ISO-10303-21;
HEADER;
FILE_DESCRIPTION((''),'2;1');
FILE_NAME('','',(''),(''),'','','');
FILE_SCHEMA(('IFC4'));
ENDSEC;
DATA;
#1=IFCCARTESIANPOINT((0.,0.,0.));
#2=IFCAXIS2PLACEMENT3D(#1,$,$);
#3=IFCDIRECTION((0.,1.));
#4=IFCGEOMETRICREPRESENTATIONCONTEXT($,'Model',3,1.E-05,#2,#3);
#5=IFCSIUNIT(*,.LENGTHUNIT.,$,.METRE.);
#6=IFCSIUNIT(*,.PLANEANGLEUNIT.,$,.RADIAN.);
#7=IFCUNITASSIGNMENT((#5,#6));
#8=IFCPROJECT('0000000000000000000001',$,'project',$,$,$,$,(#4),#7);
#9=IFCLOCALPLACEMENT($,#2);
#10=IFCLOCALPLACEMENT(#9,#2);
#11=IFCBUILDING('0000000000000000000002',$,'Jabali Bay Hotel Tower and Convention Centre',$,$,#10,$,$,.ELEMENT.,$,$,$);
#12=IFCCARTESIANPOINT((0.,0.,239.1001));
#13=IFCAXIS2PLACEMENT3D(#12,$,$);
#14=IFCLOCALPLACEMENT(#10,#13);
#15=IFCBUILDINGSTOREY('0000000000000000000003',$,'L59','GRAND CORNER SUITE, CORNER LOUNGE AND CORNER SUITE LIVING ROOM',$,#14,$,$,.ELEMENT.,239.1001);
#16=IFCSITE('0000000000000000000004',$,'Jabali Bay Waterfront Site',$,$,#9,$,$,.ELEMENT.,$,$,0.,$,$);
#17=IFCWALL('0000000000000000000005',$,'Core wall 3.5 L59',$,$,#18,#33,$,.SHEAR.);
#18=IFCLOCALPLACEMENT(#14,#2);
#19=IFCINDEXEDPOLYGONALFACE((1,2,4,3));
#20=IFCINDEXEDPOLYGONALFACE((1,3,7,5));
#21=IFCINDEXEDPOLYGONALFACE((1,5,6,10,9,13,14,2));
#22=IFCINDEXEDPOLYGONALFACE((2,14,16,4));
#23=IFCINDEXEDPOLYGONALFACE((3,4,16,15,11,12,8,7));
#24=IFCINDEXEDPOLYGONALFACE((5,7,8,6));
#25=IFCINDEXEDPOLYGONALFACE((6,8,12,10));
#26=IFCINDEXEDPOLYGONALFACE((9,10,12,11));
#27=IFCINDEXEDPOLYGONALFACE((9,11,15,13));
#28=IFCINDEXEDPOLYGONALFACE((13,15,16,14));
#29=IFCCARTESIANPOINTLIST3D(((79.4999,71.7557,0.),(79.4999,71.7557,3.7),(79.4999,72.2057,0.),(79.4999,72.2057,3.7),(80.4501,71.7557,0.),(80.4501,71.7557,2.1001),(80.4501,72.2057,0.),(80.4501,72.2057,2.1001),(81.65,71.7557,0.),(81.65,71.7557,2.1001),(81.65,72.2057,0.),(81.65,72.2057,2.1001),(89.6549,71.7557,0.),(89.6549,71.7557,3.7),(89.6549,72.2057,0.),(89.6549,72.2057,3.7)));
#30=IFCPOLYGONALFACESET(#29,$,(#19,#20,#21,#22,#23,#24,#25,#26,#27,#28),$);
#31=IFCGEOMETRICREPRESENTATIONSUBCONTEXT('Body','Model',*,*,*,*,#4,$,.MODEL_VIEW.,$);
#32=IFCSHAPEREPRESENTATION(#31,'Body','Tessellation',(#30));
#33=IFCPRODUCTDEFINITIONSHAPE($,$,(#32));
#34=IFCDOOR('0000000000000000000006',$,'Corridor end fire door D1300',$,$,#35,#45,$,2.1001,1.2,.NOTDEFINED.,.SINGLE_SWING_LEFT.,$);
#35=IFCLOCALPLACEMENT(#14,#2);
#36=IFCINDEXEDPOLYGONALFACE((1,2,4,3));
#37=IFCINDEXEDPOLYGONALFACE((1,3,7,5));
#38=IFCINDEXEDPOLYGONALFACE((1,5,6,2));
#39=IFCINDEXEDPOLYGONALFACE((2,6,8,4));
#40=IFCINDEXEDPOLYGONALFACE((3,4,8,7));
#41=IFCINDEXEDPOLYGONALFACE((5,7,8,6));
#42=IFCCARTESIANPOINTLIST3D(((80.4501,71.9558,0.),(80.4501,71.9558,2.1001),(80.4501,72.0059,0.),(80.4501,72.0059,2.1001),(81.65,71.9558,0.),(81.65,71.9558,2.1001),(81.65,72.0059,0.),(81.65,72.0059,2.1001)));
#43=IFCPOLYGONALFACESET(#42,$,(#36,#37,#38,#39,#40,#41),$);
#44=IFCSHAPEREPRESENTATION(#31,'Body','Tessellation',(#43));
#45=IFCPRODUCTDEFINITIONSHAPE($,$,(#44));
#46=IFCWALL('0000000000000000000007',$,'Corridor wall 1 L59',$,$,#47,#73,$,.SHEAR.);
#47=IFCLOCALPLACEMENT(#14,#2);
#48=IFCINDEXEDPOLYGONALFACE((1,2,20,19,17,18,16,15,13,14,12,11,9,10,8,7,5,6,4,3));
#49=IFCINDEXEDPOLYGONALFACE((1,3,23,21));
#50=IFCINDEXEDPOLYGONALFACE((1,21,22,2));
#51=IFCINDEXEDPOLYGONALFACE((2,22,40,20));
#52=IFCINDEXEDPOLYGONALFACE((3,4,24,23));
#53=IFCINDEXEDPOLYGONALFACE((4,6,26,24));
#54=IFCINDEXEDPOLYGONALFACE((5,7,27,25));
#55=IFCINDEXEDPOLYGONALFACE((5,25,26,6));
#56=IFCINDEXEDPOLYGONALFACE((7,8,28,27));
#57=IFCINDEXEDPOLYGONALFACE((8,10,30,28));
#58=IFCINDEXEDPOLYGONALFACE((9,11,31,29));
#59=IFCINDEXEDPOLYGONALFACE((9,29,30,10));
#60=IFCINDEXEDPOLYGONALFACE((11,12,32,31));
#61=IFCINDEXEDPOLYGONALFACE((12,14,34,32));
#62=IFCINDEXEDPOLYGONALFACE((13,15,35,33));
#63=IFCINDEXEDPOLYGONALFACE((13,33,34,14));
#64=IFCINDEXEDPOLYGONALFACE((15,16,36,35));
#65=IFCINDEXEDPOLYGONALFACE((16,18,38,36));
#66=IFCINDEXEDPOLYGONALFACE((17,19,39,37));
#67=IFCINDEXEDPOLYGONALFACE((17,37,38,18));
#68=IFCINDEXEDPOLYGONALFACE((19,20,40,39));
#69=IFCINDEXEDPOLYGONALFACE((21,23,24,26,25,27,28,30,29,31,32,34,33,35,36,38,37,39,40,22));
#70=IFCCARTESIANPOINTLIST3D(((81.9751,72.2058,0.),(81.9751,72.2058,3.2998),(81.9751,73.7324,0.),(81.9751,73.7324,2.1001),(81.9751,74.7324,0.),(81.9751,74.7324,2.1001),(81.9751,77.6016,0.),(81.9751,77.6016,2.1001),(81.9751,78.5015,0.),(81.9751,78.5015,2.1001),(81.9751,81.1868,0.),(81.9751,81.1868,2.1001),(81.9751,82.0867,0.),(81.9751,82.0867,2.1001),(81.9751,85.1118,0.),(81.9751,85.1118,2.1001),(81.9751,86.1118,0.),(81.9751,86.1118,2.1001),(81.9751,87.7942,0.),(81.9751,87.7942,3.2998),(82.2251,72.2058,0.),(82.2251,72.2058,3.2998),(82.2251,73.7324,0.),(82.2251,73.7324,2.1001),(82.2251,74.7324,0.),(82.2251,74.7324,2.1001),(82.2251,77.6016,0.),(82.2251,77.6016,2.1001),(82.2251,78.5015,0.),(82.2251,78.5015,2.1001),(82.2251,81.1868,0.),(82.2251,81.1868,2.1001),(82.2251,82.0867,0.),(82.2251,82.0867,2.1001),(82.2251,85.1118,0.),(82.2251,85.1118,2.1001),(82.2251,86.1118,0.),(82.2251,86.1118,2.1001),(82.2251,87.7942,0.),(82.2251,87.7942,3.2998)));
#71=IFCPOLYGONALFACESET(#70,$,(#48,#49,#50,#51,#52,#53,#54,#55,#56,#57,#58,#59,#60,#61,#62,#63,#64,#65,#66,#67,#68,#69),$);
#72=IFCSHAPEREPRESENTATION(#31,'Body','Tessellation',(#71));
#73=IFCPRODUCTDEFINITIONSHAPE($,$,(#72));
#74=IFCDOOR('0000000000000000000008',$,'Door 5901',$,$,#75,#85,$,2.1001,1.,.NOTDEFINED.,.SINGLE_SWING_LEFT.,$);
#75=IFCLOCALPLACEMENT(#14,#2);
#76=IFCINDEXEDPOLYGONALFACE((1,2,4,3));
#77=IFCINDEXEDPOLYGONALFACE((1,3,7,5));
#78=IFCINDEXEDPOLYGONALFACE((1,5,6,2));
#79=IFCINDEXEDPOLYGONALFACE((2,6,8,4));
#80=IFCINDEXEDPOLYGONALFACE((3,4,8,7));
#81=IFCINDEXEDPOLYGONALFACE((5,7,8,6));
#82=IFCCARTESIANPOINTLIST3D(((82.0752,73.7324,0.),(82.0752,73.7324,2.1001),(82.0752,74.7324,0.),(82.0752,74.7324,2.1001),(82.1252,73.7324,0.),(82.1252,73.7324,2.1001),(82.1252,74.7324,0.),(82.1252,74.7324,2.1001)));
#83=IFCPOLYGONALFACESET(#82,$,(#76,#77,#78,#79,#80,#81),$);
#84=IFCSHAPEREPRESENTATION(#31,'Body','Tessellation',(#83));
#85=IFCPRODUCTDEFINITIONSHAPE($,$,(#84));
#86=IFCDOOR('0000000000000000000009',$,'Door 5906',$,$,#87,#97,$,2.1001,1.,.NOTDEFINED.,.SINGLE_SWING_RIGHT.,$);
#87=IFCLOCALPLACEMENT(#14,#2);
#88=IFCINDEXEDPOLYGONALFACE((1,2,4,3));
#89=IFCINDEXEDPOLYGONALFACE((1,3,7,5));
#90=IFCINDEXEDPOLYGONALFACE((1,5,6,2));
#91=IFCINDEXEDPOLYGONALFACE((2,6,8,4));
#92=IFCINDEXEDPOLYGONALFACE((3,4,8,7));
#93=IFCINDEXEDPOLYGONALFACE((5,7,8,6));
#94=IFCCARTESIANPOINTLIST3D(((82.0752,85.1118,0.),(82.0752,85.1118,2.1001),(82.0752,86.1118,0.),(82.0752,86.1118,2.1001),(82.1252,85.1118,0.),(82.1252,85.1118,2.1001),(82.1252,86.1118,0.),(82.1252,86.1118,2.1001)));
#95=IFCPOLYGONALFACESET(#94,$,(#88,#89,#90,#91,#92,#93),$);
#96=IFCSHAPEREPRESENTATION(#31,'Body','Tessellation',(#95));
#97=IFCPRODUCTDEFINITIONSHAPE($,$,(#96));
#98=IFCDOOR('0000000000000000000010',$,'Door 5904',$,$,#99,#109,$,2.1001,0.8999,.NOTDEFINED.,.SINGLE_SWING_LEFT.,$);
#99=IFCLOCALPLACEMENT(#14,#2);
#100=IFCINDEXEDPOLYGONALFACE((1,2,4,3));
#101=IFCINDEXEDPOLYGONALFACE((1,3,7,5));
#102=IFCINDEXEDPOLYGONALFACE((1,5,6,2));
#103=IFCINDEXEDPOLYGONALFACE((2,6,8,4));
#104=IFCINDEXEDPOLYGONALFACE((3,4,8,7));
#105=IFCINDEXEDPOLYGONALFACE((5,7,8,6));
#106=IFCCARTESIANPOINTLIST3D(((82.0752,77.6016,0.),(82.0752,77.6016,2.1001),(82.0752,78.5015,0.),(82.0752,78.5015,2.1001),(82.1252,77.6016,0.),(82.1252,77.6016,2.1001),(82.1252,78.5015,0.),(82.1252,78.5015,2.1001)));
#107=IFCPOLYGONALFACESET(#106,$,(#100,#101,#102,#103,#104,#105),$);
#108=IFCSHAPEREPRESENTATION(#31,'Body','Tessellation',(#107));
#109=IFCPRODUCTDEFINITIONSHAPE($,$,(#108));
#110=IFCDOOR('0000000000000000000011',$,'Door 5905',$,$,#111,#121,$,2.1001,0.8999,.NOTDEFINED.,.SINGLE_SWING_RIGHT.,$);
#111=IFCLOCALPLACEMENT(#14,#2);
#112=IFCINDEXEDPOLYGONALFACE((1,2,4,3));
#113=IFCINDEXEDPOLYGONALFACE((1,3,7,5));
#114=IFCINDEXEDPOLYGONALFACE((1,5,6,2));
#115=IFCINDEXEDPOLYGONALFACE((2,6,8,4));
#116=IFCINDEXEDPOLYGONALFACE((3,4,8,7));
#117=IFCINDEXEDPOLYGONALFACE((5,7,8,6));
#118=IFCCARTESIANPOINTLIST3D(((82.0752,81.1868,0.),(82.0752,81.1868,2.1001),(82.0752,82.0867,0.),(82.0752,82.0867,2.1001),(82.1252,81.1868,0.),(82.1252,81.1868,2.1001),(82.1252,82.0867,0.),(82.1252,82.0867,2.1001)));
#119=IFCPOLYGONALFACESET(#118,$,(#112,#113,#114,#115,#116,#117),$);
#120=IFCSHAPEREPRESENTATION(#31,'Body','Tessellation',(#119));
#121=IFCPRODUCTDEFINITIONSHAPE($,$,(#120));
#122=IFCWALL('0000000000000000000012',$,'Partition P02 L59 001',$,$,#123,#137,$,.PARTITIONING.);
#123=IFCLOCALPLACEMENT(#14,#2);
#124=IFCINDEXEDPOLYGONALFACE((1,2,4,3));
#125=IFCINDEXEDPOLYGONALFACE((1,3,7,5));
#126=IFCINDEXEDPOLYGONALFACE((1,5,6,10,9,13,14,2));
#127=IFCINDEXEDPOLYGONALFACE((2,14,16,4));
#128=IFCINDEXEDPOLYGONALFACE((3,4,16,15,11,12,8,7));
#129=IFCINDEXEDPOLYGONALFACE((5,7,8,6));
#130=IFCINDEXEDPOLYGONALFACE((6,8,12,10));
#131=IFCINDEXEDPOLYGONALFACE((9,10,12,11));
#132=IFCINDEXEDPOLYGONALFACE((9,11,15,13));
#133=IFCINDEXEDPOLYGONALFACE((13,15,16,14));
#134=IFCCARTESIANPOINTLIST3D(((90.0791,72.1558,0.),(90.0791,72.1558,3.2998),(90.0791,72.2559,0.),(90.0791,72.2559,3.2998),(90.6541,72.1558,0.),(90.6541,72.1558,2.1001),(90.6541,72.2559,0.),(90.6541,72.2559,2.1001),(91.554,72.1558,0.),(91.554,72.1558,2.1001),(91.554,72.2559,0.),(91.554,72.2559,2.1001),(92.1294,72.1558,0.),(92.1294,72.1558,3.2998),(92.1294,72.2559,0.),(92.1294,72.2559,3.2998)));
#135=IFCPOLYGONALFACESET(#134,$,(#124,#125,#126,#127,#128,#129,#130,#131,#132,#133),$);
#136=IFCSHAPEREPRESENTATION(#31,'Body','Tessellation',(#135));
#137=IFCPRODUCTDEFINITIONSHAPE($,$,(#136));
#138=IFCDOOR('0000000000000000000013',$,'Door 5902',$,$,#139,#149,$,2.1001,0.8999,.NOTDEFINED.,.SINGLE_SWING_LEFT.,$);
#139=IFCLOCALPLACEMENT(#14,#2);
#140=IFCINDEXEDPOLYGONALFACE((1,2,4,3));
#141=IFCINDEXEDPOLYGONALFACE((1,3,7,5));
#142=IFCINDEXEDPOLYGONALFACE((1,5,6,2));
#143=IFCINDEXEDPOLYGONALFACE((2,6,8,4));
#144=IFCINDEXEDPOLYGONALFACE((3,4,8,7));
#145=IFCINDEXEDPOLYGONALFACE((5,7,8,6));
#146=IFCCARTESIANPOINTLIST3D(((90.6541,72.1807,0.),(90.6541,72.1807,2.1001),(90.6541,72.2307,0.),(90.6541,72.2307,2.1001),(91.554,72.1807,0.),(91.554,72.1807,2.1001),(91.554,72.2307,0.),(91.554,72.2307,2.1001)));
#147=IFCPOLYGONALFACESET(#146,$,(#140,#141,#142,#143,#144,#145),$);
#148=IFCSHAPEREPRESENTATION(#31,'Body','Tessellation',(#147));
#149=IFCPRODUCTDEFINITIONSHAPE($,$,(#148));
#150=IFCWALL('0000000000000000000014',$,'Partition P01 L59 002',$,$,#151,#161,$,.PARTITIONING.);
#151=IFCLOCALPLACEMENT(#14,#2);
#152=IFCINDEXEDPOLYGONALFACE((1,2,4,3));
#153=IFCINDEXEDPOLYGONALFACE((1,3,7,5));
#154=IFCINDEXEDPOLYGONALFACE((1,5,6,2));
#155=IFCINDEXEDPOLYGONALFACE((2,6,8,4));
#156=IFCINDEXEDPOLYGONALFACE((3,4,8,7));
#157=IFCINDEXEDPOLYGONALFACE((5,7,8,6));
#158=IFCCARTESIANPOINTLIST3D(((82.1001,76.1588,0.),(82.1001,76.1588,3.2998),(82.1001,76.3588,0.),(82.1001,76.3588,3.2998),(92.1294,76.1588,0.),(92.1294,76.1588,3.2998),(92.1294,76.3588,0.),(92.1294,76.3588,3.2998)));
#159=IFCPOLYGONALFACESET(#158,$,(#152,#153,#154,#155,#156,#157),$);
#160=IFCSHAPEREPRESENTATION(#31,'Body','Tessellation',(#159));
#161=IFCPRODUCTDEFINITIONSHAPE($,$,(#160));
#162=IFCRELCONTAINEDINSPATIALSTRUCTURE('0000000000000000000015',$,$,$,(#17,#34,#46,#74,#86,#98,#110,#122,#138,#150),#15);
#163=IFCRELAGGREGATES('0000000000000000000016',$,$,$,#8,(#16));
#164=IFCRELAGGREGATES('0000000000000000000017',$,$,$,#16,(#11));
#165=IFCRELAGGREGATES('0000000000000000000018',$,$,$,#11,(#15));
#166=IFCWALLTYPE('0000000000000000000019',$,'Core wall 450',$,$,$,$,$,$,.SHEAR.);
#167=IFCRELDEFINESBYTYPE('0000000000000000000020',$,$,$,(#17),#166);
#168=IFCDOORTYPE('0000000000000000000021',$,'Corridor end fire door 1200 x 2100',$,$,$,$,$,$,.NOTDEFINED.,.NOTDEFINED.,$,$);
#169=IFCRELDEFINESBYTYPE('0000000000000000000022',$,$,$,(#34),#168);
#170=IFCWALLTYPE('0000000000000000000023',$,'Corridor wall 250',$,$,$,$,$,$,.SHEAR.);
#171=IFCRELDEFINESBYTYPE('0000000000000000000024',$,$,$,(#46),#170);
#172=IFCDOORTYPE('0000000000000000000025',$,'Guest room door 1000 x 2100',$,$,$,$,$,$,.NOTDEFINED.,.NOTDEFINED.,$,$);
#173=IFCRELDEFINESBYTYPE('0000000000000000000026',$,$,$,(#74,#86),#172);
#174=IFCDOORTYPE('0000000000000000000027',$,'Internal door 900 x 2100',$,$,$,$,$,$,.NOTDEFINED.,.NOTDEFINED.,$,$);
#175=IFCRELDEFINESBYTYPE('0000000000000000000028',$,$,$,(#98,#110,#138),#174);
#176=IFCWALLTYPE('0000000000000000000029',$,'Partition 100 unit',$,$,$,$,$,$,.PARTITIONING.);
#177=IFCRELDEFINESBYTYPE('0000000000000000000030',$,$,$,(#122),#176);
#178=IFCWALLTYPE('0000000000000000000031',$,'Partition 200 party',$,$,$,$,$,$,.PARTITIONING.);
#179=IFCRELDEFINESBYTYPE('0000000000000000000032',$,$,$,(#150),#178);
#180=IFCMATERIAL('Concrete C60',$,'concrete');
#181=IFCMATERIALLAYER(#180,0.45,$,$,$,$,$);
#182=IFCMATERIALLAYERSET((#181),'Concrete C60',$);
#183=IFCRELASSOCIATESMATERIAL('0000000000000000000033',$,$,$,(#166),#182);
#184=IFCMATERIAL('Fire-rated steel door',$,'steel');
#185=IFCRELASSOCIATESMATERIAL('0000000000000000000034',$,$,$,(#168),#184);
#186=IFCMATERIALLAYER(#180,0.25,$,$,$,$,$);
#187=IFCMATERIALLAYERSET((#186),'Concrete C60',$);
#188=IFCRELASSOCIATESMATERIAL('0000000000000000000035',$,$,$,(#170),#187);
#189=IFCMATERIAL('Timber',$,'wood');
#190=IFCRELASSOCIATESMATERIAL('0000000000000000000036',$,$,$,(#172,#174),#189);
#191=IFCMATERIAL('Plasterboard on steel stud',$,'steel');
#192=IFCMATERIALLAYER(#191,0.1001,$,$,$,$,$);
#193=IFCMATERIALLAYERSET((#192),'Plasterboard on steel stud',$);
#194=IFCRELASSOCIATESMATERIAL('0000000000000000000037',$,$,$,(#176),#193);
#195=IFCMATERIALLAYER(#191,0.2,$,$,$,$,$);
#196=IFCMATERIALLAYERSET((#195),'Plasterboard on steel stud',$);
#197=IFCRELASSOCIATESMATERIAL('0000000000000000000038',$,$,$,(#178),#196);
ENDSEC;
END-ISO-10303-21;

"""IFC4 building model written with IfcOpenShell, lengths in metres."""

from ifc_helpers import new_model, si_unit, direction, frame, frame_2d, origin, place, context, subcontext, project, spatial, rectangle, extrude, material, layer, layer_set, type_object, element, fill, save


model = new_model("IFC4")

# Units and contexts
model_context = context("Model", 3, precision=1e-05, world=origin(), true_north=direction((0.0, 1.0)))
body_context = subcontext(model_context, "Body", "Model", "MODEL_VIEW")
ifc_project = project(units=[si_unit("LENGTHUNIT", "METRE"), si_unit("PLANEANGLEUNIT", "RADIAN")], contexts=[model_context])

# Site, building, storey
site_placement = place(None, origin())
site = spatial("IfcSite", under=ifc_project, at=site_placement, Name="Jabali Bay Waterfront Site", CompositionType="ELEMENT", RefElevation=0.0)
building_placement = place(site_placement, origin())
building = spatial("IfcBuilding", under=site, at=building_placement, Name="Jabali Bay Hotel Tower and Convention Centre", CompositionType="ELEMENT")
storey_placement = place(building_placement, frame((0.0, 0.0, 239.1001)))
storey = spatial("IfcBuildingStorey", under=building, at=storey_placement, Name="L59", Description="GRAND CORNER SUITE, CORNER LOUNGE AND CORNER SUITE LIVING ROOM", CompositionType="ELEMENT", Elevation=239.1001)

# Shared definitions
ifc_material_1 = material(Name="Concrete C60", Category="concrete")

# Shared definitions
ifc_material_2 = material(Name="Fire-rated steel door", Category="steel")

# Wall, opening, door
ifc_layer_1 = layer(ifc_material_1, 0.45)
ifc_layer_set_1 = layer_set([ifc_layer_1], Name="Concrete C60")
wall_type_1 = type_object("IfcWallType", Name="Core wall 450", PredefinedType="SHEAR", material=ifc_layer_set_1)
door_type_1 = type_object("IfcDoorType", Name="Corridor end fire door 1200 x 2100", OperationType="NOTDEFINED", PredefinedType="NOTDEFINED", material=ifc_material_2)
wall_1_placement = place(storey_placement, frame((89.655, 71.9807, 0.0), z_axis=(0.0, 0.0, 1.0), x_axis=(-1.0, 0.0, 0.0)))
wall_1 = element("IfcWall", 1, at=wall_1_placement, inside=storey, type_object=wall_type_1, Name="Core wall 3.5 L59", PredefinedType="SHEAR", context=body_context, shape_type="SweptSolid", body=[
    extrude(rectangle(XDim=10.155, YDim=0.45, at=frame_2d((5.0776, 0.0))), origin(), (0.0, 0.0, 1.0), 3.7),
])
opening_1_placement = place(wall_1_placement, frame((8.0049, 0.0, 0.0)))
opening_1 = element("IfcOpeningElement", 2, at=opening_1_placement, cuts=wall_1, PredefinedType="OPENING", context=body_context, shape_type="SweptSolid", body=[
    extrude(rectangle(XDim=1.2, YDim=2.1001, at=frame_2d((0.6001, 1.05))), frame((0.0, 0.2354, 0.0), z_axis=(0.0, -1.0, 0.0), x_axis=(1.0, 0.0, 0.0)), (0.0, 0.0, 1.0), 0.4709),
])
door_1_placement = place(opening_1_placement, origin())
door_1 = element("IfcDoor", 3, at=door_1_placement, inside=storey, type_object=door_type_1, Name="Corridor end fire door D1300", OperationType="SINGLE_SWING_LEFT", OverallHeight=2.1001, OverallWidth=1.2, PredefinedType="NOTDEFINED", context=body_context, shape_type="SweptSolid", body=[
    extrude(rectangle(XDim=1.2, YDim=2.1001, at=frame_2d((0.6001, 1.05))), frame((0.0, 0.0249, 0.0), z_axis=(0.0, -1.0, 0.0), x_axis=(1.0, 0.0, 0.0)), (0.0, 0.0, 1.0), 0.05),
])
fill(opening_1, door_1)

# Wall, openings, doors
ifc_layer_2 = layer(ifc_material_1, 0.25)
ifc_layer_set_2 = layer_set([ifc_layer_2], Name="Concrete C60")
wall_type_2 = type_object("IfcWallType", Name="Corridor wall 250", PredefinedType="SHEAR", material=ifc_layer_set_2)
wall_2_placement = place(storey_placement, frame((82.1001, 72.2058, 0.0), z_axis=(0.0, 0.0, 1.0), x_axis=(0.0, 1.0, 0.0)))
wall_2 = element("IfcWall", 4, at=wall_2_placement, inside=storey, type_object=wall_type_2, Name="Corridor wall 1 L59", PredefinedType="SHEAR", context=body_context, shape_type="SweptSolid", body=[
    extrude(rectangle(XDim=15.5884, YDim=0.25, at=frame_2d((7.7942, 0.0))), origin(), (0.0, 0.0, 1.0), 3.2998),
])
opening_2_placement = place(wall_2_placement, frame((1.5266, 0.0, 0.0)))
opening_2 = element("IfcOpeningElement", 5, at=opening_2_placement, cuts=wall_2, PredefinedType="OPENING", context=body_context, shape_type="SweptSolid", body=[
    extrude(rectangle(XDim=1.0, YDim=2.1001, at=frame_2d((0.5, 1.05))), frame((0.0, 0.1355, 0.0), z_axis=(0.0, -1.0, 0.0), x_axis=(1.0, 0.0, 0.0)), (0.0, 0.0, 1.0), 0.271),
])
opening_3_placement = place(wall_2_placement, frame((5.3958, 0.0, 0.0)))
opening_3 = element("IfcOpeningElement", 6, at=opening_3_placement, cuts=wall_2, PredefinedType="OPENING", context=body_context, shape_type="SweptSolid", body=[
    extrude(rectangle(XDim=0.8999, YDim=2.1001, at=frame_2d((0.45, 1.05))), frame((0.0, 0.1355, 0.0), z_axis=(0.0, -1.0, 0.0), x_axis=(1.0, 0.0, 0.0)), (0.0, 0.0, 1.0), 0.271),
])
opening_4_placement = place(wall_2_placement, frame((8.981, 0.0, 0.0)))
opening_4 = element("IfcOpeningElement", 7, at=opening_4_placement, cuts=wall_2, PredefinedType="OPENING", context=body_context, shape_type="SweptSolid", body=[
    extrude(rectangle(XDim=0.8999, YDim=2.1001, at=frame_2d((0.45, 1.05))), frame((0.0, 0.1355, 0.0), z_axis=(0.0, -1.0, 0.0), x_axis=(1.0, 0.0, 0.0)), (0.0, 0.0, 1.0), 0.271),
])
opening_5_placement = place(wall_2_placement, frame((12.906, 0.0, 0.0)))
opening_5 = element("IfcOpeningElement", 8, at=opening_5_placement, cuts=wall_2, PredefinedType="OPENING", context=body_context, shape_type="SweptSolid", body=[
    extrude(rectangle(XDim=1.0, YDim=2.1001, at=frame_2d((0.5, 1.05))), frame((0.0, 0.1355, 0.0), z_axis=(0.0, -1.0, 0.0), x_axis=(1.0, 0.0, 0.0)), (0.0, 0.0, 1.0), 0.271),
])
ifc_material_3 = material(Name="Timber", Category="wood")
door_type_2 = type_object("IfcDoorType", Name="Guest room door 1000 x 2100", OperationType="NOTDEFINED", PredefinedType="NOTDEFINED", material=ifc_material_3)
door_2_placement = place(opening_2_placement, origin())
door_2 = element("IfcDoor", 9, at=door_2_placement, inside=storey, type_object=door_type_2, Name="Door 5901", OperationType="SINGLE_SWING_LEFT", OverallHeight=2.1001, OverallWidth=1.0, PredefinedType="NOTDEFINED", context=body_context, shape_type="SweptSolid", body=[
    extrude(rectangle(XDim=1.0, YDim=2.1001, at=frame_2d((0.5, 1.05))), frame((0.0, 0.0249, 0.0), z_axis=(0.0, -1.0, 0.0), x_axis=(1.0, 0.0, 0.0)), (0.0, 0.0, 1.0), 0.05),
])
fill(opening_2, door_2)
door_3_placement = place(opening_5_placement, origin())
door_3 = element("IfcDoor", 10, at=door_3_placement, inside=storey, type_object=door_type_2, Name="Door 5906", OperationType="SINGLE_SWING_RIGHT", OverallHeight=2.1001, OverallWidth=1.0, PredefinedType="NOTDEFINED", context=body_context, shape_type="SweptSolid", body=[
    extrude(rectangle(XDim=1.0, YDim=2.1001, at=frame_2d((0.5, 1.05))), frame((0.0, 0.0249, 0.0), z_axis=(0.0, -1.0, 0.0), x_axis=(1.0, 0.0, 0.0)), (0.0, 0.0, 1.0), 0.05),
])
fill(opening_5, door_3)
door_type_3 = type_object("IfcDoorType", Name="Internal door 900 x 2100", OperationType="NOTDEFINED", PredefinedType="NOTDEFINED", material=ifc_material_3)
door_4_placement = place(opening_3_placement, origin())
door_4 = element("IfcDoor", 11, at=door_4_placement, inside=storey, type_object=door_type_3, Name="Door 5904", OperationType="SINGLE_SWING_LEFT", OverallHeight=2.1001, OverallWidth=0.8999, PredefinedType="NOTDEFINED", context=body_context, shape_type="SweptSolid", body=[
    extrude(rectangle(XDim=0.8999, YDim=2.1001, at=frame_2d((0.45, 1.05))), frame((0.0, 0.0249, 0.0), z_axis=(0.0, -1.0, 0.0), x_axis=(1.0, 0.0, 0.0)), (0.0, 0.0, 1.0), 0.05),
])
fill(opening_3, door_4)
door_5_placement = place(opening_4_placement, origin())
door_5 = element("IfcDoor", 12, at=door_5_placement, inside=storey, type_object=door_type_3, Name="Door 5905", OperationType="SINGLE_SWING_RIGHT", OverallHeight=2.1001, OverallWidth=0.8999, PredefinedType="NOTDEFINED", context=body_context, shape_type="SweptSolid", body=[
    extrude(rectangle(XDim=0.8999, YDim=2.1001, at=frame_2d((0.45, 1.05))), frame((0.0, 0.0249, 0.0), z_axis=(0.0, -1.0, 0.0), x_axis=(1.0, 0.0, 0.0)), (0.0, 0.0, 1.0), 0.05),
])
fill(opening_4, door_5)

# Wall, opening, door
ifc_material_4 = material(Name="Plasterboard on steel stud", Category="steel")
ifc_layer_3 = layer(ifc_material_4, 0.1001)
ifc_layer_set_3 = layer_set([ifc_layer_3], Name="Plasterboard on steel stud")
wall_type_3 = type_object("IfcWallType", Name="Partition 100 unit", PredefinedType="PARTITIONING", material=ifc_layer_set_3)
wall_3_placement = place(storey_placement, frame((90.0791, 72.2058, 0.0), z_axis=(0.0, 0.0, 1.0), x_axis=(1.0, 0.0, 0.0)))
wall_3 = element("IfcWall", 13, at=wall_3_placement, inside=storey, type_object=wall_type_3, Name="Partition P02 L59 001", PredefinedType="PARTITIONING", context=body_context, shape_type="SweptSolid", body=[
    extrude(rectangle(XDim=2.0503, YDim=0.1001, at=frame_2d((1.0251, 0.0))), origin(), (0.0, 0.0, 1.0), 3.2998),
])
opening_6_placement = place(wall_3_placement, frame((0.575, 0.0, 0.0)))
opening_6 = element("IfcOpeningElement", 14, at=opening_6_placement, cuts=wall_3, PredefinedType="OPENING", context=body_context, shape_type="SweptSolid", body=[
    extrude(rectangle(XDim=0.8999, YDim=2.1001, at=frame_2d((0.45, 1.05))), frame((0.0, 0.0605, 0.0), z_axis=(0.0, -1.0, 0.0), x_axis=(1.0, 0.0, 0.0)), (0.0, 0.0, 1.0), 0.1211),
])
door_6_placement = place(opening_6_placement, origin())
door_6 = element("IfcDoor", 15, at=door_6_placement, inside=storey, type_object=door_type_3, Name="Door 5902", OperationType="SINGLE_SWING_LEFT", OverallHeight=2.1001, OverallWidth=0.8999, PredefinedType="NOTDEFINED", context=body_context, shape_type="SweptSolid", body=[
    extrude(rectangle(XDim=0.8999, YDim=2.1001, at=frame_2d((0.45, 1.05))), frame((0.0, 0.0249, 0.0), z_axis=(0.0, -1.0, 0.0), x_axis=(1.0, 0.0, 0.0)), (0.0, 0.0, 1.0), 0.05),
])
fill(opening_6, door_6)

# Wall
ifc_layer_4 = layer(ifc_material_4, 0.2)
ifc_layer_set_4 = layer_set([ifc_layer_4], Name="Plasterboard on steel stud")
wall_type_4 = type_object("IfcWallType", Name="Partition 200 party", PredefinedType="PARTITIONING", material=ifc_layer_set_4)
wall_4_placement = place(storey_placement, frame((92.1294, 76.2588, 0.0), z_axis=(0.0, 0.0, 1.0), x_axis=(-1.0, 0.0, 0.0)))
element("IfcWall", 16, at=wall_4_placement, inside=storey, type_object=wall_type_4, Name="Partition P01 L59 002", PredefinedType="PARTITIONING", context=body_context, shape_type="SweptSolid", body=[
    extrude(rectangle(XDim=10.0293, YDim=0.2, at=frame_2d((5.0146, 0.0))), origin(), (0.0, 0.0, 1.0), 3.2998),
])

save(model, "model.ifc")
